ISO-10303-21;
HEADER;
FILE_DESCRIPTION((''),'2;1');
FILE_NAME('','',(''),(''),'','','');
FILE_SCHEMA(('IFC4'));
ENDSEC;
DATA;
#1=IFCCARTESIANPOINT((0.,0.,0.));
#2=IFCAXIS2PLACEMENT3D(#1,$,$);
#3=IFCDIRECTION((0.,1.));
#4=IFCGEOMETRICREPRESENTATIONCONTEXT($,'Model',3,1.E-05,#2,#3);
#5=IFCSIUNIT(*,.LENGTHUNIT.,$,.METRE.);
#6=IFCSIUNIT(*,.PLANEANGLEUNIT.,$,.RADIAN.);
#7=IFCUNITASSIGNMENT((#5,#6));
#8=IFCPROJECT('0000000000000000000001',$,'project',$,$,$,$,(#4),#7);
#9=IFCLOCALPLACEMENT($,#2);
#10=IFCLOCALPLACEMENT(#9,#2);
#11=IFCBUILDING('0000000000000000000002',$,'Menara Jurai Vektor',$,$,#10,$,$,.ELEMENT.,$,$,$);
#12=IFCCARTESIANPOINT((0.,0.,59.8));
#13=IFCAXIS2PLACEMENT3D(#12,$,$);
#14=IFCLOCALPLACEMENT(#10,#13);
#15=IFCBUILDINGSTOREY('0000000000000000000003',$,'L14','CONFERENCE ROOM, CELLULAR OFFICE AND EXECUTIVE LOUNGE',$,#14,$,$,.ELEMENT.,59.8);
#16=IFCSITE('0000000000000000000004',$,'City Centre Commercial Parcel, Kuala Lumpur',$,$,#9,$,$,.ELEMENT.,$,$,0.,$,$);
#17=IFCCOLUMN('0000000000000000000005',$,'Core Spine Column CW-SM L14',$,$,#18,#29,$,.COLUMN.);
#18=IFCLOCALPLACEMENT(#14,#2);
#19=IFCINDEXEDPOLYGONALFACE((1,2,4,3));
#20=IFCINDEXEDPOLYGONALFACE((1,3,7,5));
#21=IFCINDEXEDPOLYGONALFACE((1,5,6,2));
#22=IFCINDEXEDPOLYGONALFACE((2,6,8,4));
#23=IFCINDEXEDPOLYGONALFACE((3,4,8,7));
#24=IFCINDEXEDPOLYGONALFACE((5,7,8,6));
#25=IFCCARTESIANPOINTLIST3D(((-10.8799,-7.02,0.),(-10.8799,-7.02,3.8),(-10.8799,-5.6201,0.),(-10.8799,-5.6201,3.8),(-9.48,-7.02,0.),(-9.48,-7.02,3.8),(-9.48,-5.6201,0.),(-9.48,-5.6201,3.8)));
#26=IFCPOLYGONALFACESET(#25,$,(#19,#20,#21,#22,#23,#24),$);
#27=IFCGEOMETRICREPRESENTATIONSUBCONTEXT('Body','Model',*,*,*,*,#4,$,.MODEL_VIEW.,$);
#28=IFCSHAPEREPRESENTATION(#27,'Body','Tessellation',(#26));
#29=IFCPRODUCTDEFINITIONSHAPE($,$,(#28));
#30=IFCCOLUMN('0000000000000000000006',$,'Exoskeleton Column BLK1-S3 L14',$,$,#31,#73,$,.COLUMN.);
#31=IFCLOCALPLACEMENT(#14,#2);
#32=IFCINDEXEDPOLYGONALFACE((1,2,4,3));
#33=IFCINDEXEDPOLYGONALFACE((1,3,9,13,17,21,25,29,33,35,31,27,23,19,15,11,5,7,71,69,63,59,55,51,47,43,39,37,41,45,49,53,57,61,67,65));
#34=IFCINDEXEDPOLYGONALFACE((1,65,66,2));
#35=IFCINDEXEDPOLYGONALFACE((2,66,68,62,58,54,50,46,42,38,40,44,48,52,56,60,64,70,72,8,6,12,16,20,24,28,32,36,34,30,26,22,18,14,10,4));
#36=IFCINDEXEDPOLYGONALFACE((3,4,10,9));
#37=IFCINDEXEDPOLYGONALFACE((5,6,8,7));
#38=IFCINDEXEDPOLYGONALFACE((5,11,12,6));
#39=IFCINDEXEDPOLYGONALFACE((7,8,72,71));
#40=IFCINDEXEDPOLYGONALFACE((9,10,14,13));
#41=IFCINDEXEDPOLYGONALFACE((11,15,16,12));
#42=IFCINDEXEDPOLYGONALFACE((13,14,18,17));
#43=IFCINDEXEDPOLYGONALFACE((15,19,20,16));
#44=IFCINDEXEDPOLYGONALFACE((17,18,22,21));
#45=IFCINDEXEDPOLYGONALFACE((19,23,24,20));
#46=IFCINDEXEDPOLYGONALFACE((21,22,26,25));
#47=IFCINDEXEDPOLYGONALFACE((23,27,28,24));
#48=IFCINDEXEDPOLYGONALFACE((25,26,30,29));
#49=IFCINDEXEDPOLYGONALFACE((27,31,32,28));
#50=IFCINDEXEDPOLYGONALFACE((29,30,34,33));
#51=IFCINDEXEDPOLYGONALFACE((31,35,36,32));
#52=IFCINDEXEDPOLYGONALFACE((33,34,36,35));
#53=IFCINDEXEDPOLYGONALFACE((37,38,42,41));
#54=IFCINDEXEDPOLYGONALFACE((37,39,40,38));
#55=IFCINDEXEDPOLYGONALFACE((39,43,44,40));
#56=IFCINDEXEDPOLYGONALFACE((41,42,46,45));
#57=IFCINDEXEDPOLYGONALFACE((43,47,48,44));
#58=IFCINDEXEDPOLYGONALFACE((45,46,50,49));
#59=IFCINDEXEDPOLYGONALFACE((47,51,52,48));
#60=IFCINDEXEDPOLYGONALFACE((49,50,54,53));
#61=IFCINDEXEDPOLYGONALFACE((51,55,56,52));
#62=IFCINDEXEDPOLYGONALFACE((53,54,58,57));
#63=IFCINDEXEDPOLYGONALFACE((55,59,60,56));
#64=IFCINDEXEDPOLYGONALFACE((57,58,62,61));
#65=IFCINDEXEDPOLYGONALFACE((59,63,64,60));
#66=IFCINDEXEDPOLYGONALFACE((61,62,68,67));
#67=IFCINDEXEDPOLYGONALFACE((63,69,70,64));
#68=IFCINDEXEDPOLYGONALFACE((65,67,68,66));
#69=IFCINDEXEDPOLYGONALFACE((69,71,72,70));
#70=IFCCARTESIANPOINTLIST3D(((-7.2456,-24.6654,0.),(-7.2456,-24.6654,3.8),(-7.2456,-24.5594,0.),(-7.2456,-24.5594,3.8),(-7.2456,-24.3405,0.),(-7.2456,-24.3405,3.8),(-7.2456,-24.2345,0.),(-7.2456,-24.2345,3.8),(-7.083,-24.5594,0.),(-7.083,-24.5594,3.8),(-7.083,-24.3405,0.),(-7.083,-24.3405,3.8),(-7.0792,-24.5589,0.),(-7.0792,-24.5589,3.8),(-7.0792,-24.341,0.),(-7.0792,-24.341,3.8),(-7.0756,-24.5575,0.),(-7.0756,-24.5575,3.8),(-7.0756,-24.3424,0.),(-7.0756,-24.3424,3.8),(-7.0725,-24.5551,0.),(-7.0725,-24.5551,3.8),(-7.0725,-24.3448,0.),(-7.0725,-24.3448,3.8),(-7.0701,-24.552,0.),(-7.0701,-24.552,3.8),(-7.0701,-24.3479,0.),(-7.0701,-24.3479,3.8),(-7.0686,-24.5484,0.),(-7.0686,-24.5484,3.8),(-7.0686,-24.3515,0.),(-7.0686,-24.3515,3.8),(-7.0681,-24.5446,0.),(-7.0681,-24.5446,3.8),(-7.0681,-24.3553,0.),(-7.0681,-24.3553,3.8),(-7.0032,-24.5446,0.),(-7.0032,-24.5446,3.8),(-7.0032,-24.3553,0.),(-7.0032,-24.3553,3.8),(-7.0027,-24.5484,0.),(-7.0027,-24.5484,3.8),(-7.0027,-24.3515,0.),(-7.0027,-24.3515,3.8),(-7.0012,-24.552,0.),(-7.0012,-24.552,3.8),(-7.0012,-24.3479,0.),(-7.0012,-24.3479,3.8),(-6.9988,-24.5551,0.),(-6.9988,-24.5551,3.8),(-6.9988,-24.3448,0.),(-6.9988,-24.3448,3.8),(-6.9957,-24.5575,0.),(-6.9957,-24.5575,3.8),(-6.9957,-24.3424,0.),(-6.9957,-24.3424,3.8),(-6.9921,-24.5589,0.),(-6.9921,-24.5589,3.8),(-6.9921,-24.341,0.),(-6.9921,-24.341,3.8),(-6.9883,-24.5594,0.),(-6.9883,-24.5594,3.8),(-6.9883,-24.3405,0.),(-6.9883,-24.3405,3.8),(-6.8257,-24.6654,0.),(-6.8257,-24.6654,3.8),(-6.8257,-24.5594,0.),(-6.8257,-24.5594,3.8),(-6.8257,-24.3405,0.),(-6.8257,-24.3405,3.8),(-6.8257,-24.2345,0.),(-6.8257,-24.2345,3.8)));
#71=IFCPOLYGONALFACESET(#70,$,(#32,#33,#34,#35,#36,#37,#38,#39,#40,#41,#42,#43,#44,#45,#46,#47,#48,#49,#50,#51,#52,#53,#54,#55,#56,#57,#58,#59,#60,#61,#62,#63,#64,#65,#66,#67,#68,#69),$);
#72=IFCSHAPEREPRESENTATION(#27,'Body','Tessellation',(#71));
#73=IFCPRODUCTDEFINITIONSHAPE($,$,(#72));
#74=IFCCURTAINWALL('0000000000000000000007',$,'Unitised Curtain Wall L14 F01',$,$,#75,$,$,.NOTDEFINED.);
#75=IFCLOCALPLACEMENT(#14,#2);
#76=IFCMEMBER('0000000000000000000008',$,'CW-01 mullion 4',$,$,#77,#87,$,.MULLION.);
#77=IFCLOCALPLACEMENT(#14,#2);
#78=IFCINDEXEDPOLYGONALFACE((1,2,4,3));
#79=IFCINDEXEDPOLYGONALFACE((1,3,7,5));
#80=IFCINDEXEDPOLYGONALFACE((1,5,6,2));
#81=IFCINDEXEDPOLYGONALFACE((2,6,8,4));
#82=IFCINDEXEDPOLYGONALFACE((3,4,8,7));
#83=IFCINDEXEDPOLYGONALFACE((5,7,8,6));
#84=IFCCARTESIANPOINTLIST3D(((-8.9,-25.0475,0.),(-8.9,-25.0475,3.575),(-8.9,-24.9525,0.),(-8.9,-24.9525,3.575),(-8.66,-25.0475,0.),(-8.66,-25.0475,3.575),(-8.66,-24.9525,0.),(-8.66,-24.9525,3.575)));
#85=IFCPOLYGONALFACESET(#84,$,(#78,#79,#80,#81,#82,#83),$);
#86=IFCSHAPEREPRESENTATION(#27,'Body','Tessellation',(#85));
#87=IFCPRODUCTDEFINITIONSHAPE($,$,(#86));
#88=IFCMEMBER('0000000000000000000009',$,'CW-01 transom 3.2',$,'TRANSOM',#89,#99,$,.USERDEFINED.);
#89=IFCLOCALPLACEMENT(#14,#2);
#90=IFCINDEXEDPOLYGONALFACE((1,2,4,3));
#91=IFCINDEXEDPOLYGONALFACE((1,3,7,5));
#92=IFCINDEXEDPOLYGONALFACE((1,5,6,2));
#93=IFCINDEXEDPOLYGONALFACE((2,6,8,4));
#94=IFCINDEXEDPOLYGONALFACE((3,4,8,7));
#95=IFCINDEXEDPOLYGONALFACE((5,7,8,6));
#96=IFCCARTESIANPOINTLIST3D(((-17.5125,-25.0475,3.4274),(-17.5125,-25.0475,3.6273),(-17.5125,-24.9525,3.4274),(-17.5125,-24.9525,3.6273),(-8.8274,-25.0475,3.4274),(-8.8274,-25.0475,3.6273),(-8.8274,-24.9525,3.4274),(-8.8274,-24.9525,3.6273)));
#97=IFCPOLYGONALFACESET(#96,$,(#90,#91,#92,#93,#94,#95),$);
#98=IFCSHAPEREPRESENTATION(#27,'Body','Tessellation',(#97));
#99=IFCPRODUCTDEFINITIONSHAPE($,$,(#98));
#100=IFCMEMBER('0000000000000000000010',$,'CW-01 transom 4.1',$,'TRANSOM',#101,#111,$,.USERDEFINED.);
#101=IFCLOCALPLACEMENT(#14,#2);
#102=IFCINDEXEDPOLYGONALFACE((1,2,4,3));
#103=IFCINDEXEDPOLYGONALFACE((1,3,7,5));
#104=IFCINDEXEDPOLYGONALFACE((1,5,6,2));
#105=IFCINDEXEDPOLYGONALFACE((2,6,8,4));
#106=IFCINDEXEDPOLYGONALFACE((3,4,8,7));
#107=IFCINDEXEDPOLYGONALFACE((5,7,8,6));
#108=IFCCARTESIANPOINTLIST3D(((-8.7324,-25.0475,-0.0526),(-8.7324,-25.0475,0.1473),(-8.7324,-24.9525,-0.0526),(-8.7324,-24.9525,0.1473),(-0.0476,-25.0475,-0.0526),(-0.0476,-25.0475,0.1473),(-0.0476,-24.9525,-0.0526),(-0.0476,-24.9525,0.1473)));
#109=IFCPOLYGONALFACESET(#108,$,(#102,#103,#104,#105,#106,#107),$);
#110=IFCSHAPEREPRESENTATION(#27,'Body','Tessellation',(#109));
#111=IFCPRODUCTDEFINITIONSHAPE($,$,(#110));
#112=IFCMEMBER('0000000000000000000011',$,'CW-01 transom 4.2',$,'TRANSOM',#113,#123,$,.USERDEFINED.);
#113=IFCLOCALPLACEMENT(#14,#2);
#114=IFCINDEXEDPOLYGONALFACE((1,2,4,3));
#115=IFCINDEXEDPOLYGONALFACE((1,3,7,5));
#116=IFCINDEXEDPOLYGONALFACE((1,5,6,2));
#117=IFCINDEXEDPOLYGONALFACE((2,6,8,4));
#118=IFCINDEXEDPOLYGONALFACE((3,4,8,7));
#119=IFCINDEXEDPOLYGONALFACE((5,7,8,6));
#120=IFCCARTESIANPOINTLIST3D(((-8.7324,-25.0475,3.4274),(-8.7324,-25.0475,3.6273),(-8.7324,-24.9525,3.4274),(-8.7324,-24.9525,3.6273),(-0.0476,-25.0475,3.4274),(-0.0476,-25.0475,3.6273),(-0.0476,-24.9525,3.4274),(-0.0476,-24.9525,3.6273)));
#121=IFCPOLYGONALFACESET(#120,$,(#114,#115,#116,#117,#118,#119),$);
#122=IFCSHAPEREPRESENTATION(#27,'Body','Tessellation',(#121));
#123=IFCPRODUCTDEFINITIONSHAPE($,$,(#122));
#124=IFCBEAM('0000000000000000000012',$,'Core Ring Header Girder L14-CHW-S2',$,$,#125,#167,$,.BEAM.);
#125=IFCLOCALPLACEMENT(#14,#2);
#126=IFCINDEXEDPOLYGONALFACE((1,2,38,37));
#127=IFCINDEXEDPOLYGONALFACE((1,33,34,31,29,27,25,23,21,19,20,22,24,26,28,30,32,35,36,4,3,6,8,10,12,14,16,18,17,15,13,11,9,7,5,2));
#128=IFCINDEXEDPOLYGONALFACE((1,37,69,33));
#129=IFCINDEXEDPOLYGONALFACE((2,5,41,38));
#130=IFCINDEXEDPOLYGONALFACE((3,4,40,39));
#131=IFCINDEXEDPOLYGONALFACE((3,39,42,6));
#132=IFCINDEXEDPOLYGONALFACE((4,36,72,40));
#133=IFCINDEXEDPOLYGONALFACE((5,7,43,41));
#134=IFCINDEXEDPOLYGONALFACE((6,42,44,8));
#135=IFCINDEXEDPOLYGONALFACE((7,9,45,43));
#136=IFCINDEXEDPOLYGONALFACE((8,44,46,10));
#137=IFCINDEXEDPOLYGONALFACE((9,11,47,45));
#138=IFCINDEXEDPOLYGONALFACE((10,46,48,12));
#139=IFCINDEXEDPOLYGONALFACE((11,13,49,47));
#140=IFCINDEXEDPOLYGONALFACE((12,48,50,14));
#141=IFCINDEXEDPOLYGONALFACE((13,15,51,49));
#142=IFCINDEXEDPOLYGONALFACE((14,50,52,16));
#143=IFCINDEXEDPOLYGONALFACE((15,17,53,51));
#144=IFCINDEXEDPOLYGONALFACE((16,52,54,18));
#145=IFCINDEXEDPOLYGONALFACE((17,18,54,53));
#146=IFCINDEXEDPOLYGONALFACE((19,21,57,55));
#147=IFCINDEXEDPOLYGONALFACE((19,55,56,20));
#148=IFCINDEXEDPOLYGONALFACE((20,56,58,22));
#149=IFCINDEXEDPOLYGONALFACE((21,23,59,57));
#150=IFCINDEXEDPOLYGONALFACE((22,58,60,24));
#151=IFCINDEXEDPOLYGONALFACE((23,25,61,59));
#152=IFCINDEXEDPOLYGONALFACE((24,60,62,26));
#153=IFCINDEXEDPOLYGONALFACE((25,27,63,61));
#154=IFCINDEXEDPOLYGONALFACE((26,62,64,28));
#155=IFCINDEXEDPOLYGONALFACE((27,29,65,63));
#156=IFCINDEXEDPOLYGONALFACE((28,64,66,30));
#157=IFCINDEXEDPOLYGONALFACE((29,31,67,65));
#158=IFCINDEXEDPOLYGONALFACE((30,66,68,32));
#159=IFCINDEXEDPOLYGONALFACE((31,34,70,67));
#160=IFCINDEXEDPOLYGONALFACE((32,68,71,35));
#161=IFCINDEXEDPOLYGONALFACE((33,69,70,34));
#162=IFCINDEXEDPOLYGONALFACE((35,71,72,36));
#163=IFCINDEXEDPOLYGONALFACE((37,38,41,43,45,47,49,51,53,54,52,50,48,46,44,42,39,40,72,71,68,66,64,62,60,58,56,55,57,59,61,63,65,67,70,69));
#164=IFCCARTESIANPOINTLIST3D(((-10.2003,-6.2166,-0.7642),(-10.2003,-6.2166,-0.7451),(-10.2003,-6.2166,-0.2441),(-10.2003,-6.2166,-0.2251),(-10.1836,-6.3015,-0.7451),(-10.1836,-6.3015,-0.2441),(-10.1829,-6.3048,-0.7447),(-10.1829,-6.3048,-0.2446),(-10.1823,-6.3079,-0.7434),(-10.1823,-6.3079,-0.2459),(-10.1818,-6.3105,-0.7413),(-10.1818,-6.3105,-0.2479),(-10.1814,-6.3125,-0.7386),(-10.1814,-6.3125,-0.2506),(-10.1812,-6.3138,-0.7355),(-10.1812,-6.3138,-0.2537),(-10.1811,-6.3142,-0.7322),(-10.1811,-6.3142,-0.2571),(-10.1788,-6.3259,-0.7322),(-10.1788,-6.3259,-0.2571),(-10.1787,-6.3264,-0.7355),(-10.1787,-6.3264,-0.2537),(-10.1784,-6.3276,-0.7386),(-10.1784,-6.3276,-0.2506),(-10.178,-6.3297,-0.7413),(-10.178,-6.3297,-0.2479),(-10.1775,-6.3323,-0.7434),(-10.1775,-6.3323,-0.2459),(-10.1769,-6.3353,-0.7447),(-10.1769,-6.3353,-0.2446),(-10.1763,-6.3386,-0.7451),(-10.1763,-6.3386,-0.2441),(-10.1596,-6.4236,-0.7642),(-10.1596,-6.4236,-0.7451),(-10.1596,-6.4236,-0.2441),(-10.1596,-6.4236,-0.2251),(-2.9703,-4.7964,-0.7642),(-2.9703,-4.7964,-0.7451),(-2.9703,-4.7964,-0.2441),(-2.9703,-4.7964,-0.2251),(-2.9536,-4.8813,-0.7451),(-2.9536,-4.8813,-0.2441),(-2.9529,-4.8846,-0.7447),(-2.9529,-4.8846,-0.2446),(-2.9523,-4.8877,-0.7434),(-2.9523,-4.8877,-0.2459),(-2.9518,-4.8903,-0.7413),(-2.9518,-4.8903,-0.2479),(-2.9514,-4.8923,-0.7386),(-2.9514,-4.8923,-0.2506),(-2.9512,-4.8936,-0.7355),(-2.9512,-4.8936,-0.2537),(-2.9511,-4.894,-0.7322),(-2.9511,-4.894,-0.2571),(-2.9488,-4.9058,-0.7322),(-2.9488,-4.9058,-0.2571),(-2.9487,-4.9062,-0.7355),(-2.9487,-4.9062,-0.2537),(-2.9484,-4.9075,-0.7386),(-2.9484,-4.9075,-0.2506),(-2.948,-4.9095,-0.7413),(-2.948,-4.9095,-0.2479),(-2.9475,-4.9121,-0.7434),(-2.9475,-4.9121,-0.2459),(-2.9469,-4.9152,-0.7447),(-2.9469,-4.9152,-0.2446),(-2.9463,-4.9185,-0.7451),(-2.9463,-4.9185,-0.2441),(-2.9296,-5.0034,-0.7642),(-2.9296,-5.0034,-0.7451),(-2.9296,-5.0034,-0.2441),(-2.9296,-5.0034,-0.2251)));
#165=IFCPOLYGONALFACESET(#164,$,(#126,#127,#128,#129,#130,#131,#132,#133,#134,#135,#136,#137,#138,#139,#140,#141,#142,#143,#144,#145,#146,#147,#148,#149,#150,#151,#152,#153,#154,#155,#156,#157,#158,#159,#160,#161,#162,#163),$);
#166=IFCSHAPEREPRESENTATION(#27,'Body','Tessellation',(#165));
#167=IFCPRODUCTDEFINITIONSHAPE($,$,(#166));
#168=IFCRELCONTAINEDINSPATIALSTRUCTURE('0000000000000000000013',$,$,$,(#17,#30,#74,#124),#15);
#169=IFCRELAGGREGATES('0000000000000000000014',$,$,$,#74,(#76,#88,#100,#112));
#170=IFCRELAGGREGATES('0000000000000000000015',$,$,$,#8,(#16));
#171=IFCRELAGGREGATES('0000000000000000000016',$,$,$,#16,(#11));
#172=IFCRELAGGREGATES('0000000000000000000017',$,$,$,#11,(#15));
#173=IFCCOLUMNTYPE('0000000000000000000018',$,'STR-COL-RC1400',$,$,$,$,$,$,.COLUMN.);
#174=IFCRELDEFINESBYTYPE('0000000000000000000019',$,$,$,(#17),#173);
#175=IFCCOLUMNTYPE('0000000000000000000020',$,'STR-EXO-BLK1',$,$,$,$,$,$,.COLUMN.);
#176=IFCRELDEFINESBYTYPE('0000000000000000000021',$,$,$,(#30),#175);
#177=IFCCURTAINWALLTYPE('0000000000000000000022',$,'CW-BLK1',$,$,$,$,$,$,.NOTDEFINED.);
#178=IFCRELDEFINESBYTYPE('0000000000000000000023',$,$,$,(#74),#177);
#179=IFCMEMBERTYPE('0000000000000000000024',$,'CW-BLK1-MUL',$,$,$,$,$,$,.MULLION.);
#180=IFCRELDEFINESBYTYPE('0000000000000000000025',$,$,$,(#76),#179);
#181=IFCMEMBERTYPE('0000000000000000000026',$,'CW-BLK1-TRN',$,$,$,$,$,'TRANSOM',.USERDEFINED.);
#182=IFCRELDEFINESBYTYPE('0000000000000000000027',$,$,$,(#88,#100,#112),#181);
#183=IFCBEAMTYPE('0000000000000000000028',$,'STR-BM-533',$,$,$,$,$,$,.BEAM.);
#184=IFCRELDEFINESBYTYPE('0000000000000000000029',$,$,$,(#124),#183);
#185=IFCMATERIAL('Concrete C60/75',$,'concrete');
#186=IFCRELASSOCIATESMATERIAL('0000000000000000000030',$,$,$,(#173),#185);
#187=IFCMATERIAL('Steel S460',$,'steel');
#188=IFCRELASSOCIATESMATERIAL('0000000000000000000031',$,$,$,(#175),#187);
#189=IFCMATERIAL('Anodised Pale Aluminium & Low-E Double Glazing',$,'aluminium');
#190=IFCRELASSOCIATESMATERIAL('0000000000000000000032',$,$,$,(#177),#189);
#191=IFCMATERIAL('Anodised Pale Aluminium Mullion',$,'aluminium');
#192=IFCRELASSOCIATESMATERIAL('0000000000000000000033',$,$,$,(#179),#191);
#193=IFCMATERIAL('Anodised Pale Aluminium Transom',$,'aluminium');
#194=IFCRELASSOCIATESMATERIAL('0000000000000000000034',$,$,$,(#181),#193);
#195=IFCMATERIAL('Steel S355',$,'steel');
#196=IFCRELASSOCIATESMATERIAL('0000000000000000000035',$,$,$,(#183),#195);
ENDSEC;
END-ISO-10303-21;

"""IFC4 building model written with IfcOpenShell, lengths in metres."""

from ifc_helpers import new_model, si_unit, direction, frame, origin, origin_2d, place, context, subcontext, project, spatial, rectangle, i_section, extrude, material, material_profile, profile_set, type_object, element, aggregate, save


model = new_model("IFC4")

# Units and contexts
model_context = context("Model", 3, precision=1e-05, world=origin(), true_north=direction((0.0, 1.0)))
body_context = subcontext(model_context, "Body", "Model", "MODEL_VIEW")
ifc_project = project(units=[si_unit("LENGTHUNIT", "METRE"), si_unit("PLANEANGLEUNIT", "RADIAN")], contexts=[model_context])

# Site, building, storey
site_placement = place(None, origin())
site = spatial("IfcSite", under=ifc_project, at=site_placement, Name="City Centre Commercial Parcel, Kuala Lumpur", CompositionType="ELEMENT", RefElevation=0.0)
building_placement = place(site_placement, origin())
building = spatial("IfcBuilding", under=site, at=building_placement, Name="Menara Jurai Vektor", CompositionType="ELEMENT")
storey_placement = place(building_placement, frame((0.0, 0.0, 59.8)))
storey = spatial("IfcBuildingStorey", under=building, at=storey_placement, Name="L14", Description="CONFERENCE ROOM, CELLULAR OFFICE AND EXECUTIVE LOUNGE", CompositionType="ELEMENT", Elevation=59.8)

# Columns
ifc_material_1 = material(Name="Concrete C60/75", Category="concrete")
ifc_material_profile_1 = material_profile(ifc_material_1, rectangle(XDim=1.3999, YDim=1.3999, at=origin_2d()), Name="RC 1400x1400")
ifc_profile_set_1 = profile_set([ifc_material_profile_1], Name="Concrete C60/75")
column_type_1 = type_object("IfcColumnType", Name="STR-COL-RC1400", PredefinedType="COLUMN", material=ifc_profile_set_1)
column_1_placement = place(storey_placement, frame((-10.1799, -6.3201, 0.0), z_axis=(0.0, 0.0, 1.0), x_axis=(1.0, 0.0, 0.0)))
element("IfcColumn", 1, at=column_1_placement, inside=storey, type_object=column_type_1, Name="Core Spine Column CW-SM L14", PredefinedType="COLUMN", context=body_context, shape_type="SweptSolid", body=[
    extrude(rectangle(XDim=1.3999, YDim=1.3999, at=origin_2d()), origin(), (0.0, 0.0, 1.0), 3.8),
])
ifc_material_2 = material(Name="Steel S460", Category="steel")
ifc_material_profile_2 = material_profile(ifc_material_2, i_section(OverallWidth=0.4199, OverallDepth=0.4309, WebThickness=0.0649, FlangeThickness=0.106, FilletRadius=0.0149, at=origin_2d()), Name="HD 400x900")
ifc_profile_set_2 = profile_set([ifc_material_profile_2], Name="Steel S460")
column_type_2 = type_object("IfcColumnType", Name="STR-EXO-BLK1", PredefinedType="COLUMN", material=ifc_profile_set_2)
column_2_placement = place(storey_placement, frame((-7.0356, -24.45, 0.0), z_axis=(0.0, 0.0, 1.0), x_axis=(1.0, 0.0, 0.0)))
element("IfcColumn", 2, at=column_2_placement, inside=storey, type_object=column_type_2, Name="Exoskeleton Column BLK1-S3 L14", PredefinedType="COLUMN", context=body_context, shape_type="SweptSolid", body=[
    extrude(i_section(OverallWidth=0.4199, OverallDepth=0.4309, WebThickness=0.0649, FlangeThickness=0.106, FilletRadius=0.0149, at=origin_2d()), origin(), (0.0, 0.0, 1.0), 3.8),
])

# Curtain wall, members
ifc_material_3 = material(Name="Anodised Pale Aluminium & Low-E Double Glazing", Category="aluminium")
curtain_wall_type = type_object("IfcCurtainWallType", Name="CW-BLK1", PredefinedType="NOTDEFINED", material=ifc_material_3)
curtain_wall_placement = place(storey_placement, origin())
curtain_wall = element("IfcCurtainWall", 3, at=curtain_wall_placement, inside=storey, type_object=curtain_wall_type, Name="Unitised Curtain Wall L14 F01", PredefinedType="NOTDEFINED")
ifc_material_4 = material(Name="Anodised Pale Aluminium Mullion", Category="aluminium")
ifc_material_profile_3 = material_profile(ifc_material_4, rectangle(XDim=0.095, YDim=0.24, at=origin_2d()), Name="ALU MUL 95x240")
ifc_profile_set_3 = profile_set([ifc_material_profile_3], Name="Anodised Pale Aluminium Mullion")
member_type_1 = type_object("IfcMemberType", Name="CW-BLK1-MUL", PredefinedType="MULLION", material=ifc_profile_set_3)
member_1_placement = place(storey_placement, frame((-8.78, -25.0, 0.0), z_axis=(0.0, 0.0, 1.0), x_axis=(0.0, 1.0, 0.0)))
member_1 = element("IfcMember", 4, at=member_1_placement, type_object=member_type_1, Name="CW-01 mullion 4", PredefinedType="MULLION", context=body_context, shape_type="SweptSolid", body=[
    extrude(rectangle(XDim=0.095, YDim=0.24, at=origin_2d()), origin(), (0.0, 0.0, 1.0), 3.575),
])
ifc_material_5 = material(Name="Anodised Pale Aluminium Transom", Category="aluminium")
ifc_material_profile_4 = material_profile(ifc_material_5, rectangle(XDim=0.095, YDim=0.2, at=origin_2d()), Name="ALU TRN 95x200")
ifc_profile_set_4 = profile_set([ifc_material_profile_4], Name="Anodised Pale Aluminium Transom")
member_type_2 = type_object("IfcMemberType", Name="CW-BLK1-TRN", ElementType="TRANSOM", PredefinedType="USERDEFINED", material=ifc_profile_set_4)
member_2_placement = place(storey_placement, frame((-17.5125, -25.0, 3.5273), z_axis=(1.0, 0.0, 0.0), x_axis=(0.0, 1.0, 0.0)))
member_2 = element("IfcMember", 5, at=member_2_placement, type_object=member_type_2, Name="CW-01 transom 3.2", ObjectType="TRANSOM", PredefinedType="USERDEFINED", context=body_context, shape_type="SweptSolid", body=[
    extrude(rectangle(XDim=0.095, YDim=0.2, at=origin_2d()), origin(), (0.0, 0.0, 1.0), 8.6851),
])
member_3_placement = place(storey_placement, frame((-8.7324, -25.0, 0.0474), z_axis=(1.0, 0.0, 0.0), x_axis=(0.0, 1.0, 0.0)))
member_3 = element("IfcMember", 6, at=member_3_placement, type_object=member_type_2, Name="CW-01 transom 4.1", ObjectType="TRANSOM", PredefinedType="USERDEFINED", context=body_context, shape_type="SweptSolid", body=[
    extrude(rectangle(XDim=0.095, YDim=0.2, at=origin_2d()), origin(), (0.0, 0.0, 1.0), 8.6848),
])
member_4_placement = place(storey_placement, frame((-8.7324, -25.0, 3.5273), z_axis=(1.0, 0.0, 0.0), x_axis=(0.0, 1.0, 0.0)))
member_4 = element("IfcMember", 7, at=member_4_placement, type_object=member_type_2, Name="CW-01 transom 4.2", ObjectType="TRANSOM", PredefinedType="USERDEFINED", context=body_context, shape_type="SweptSolid", body=[
    extrude(rectangle(XDim=0.095, YDim=0.2, at=origin_2d()), origin(), (0.0, 0.0, 1.0), 8.6848),
])

# Beam
ifc_material_6 = material(Name="Steel S355", Category="steel")
ifc_material_profile_5 = material_profile(ifc_material_6, i_section(OverallWidth=0.2109, OverallDepth=0.5391, WebThickness=0.012, FlangeThickness=0.019, FilletRadius=0.0129, at=origin_2d()), Name="UKB 533x210x109")
ifc_profile_set_5 = profile_set([ifc_material_profile_5], Name="Steel S355")
beam_type_1 = type_object("IfcBeamType", Name="STR-BM-533", PredefinedType="BEAM", material=ifc_profile_set_5)
beam_1_placement = place(storey_placement, frame((-10.1799, -6.3201, -0.4946), z_axis=(0.981249, 0.192744, 0.0), x_axis=(-0.192744, 0.981249, 0.0)))
element("IfcBeam", 8, at=beam_1_placement, inside=storey, type_object=beam_type_1, Name="Core Ring Header Girder L14-CHW-S2", PredefinedType="BEAM", context=body_context, shape_type="SweptSolid", body=[
    extrude(i_section(OverallWidth=0.2109, OverallDepth=0.5391, WebThickness=0.012, FlangeThickness=0.019, FilletRadius=0.0129, at=origin_2d()), origin(), (0.0, 0.0, 1.0), 7.3682),
])

aggregate(curtain_wall, [member_1, member_2, member_3, member_4])

save(model, "model.ifc")
